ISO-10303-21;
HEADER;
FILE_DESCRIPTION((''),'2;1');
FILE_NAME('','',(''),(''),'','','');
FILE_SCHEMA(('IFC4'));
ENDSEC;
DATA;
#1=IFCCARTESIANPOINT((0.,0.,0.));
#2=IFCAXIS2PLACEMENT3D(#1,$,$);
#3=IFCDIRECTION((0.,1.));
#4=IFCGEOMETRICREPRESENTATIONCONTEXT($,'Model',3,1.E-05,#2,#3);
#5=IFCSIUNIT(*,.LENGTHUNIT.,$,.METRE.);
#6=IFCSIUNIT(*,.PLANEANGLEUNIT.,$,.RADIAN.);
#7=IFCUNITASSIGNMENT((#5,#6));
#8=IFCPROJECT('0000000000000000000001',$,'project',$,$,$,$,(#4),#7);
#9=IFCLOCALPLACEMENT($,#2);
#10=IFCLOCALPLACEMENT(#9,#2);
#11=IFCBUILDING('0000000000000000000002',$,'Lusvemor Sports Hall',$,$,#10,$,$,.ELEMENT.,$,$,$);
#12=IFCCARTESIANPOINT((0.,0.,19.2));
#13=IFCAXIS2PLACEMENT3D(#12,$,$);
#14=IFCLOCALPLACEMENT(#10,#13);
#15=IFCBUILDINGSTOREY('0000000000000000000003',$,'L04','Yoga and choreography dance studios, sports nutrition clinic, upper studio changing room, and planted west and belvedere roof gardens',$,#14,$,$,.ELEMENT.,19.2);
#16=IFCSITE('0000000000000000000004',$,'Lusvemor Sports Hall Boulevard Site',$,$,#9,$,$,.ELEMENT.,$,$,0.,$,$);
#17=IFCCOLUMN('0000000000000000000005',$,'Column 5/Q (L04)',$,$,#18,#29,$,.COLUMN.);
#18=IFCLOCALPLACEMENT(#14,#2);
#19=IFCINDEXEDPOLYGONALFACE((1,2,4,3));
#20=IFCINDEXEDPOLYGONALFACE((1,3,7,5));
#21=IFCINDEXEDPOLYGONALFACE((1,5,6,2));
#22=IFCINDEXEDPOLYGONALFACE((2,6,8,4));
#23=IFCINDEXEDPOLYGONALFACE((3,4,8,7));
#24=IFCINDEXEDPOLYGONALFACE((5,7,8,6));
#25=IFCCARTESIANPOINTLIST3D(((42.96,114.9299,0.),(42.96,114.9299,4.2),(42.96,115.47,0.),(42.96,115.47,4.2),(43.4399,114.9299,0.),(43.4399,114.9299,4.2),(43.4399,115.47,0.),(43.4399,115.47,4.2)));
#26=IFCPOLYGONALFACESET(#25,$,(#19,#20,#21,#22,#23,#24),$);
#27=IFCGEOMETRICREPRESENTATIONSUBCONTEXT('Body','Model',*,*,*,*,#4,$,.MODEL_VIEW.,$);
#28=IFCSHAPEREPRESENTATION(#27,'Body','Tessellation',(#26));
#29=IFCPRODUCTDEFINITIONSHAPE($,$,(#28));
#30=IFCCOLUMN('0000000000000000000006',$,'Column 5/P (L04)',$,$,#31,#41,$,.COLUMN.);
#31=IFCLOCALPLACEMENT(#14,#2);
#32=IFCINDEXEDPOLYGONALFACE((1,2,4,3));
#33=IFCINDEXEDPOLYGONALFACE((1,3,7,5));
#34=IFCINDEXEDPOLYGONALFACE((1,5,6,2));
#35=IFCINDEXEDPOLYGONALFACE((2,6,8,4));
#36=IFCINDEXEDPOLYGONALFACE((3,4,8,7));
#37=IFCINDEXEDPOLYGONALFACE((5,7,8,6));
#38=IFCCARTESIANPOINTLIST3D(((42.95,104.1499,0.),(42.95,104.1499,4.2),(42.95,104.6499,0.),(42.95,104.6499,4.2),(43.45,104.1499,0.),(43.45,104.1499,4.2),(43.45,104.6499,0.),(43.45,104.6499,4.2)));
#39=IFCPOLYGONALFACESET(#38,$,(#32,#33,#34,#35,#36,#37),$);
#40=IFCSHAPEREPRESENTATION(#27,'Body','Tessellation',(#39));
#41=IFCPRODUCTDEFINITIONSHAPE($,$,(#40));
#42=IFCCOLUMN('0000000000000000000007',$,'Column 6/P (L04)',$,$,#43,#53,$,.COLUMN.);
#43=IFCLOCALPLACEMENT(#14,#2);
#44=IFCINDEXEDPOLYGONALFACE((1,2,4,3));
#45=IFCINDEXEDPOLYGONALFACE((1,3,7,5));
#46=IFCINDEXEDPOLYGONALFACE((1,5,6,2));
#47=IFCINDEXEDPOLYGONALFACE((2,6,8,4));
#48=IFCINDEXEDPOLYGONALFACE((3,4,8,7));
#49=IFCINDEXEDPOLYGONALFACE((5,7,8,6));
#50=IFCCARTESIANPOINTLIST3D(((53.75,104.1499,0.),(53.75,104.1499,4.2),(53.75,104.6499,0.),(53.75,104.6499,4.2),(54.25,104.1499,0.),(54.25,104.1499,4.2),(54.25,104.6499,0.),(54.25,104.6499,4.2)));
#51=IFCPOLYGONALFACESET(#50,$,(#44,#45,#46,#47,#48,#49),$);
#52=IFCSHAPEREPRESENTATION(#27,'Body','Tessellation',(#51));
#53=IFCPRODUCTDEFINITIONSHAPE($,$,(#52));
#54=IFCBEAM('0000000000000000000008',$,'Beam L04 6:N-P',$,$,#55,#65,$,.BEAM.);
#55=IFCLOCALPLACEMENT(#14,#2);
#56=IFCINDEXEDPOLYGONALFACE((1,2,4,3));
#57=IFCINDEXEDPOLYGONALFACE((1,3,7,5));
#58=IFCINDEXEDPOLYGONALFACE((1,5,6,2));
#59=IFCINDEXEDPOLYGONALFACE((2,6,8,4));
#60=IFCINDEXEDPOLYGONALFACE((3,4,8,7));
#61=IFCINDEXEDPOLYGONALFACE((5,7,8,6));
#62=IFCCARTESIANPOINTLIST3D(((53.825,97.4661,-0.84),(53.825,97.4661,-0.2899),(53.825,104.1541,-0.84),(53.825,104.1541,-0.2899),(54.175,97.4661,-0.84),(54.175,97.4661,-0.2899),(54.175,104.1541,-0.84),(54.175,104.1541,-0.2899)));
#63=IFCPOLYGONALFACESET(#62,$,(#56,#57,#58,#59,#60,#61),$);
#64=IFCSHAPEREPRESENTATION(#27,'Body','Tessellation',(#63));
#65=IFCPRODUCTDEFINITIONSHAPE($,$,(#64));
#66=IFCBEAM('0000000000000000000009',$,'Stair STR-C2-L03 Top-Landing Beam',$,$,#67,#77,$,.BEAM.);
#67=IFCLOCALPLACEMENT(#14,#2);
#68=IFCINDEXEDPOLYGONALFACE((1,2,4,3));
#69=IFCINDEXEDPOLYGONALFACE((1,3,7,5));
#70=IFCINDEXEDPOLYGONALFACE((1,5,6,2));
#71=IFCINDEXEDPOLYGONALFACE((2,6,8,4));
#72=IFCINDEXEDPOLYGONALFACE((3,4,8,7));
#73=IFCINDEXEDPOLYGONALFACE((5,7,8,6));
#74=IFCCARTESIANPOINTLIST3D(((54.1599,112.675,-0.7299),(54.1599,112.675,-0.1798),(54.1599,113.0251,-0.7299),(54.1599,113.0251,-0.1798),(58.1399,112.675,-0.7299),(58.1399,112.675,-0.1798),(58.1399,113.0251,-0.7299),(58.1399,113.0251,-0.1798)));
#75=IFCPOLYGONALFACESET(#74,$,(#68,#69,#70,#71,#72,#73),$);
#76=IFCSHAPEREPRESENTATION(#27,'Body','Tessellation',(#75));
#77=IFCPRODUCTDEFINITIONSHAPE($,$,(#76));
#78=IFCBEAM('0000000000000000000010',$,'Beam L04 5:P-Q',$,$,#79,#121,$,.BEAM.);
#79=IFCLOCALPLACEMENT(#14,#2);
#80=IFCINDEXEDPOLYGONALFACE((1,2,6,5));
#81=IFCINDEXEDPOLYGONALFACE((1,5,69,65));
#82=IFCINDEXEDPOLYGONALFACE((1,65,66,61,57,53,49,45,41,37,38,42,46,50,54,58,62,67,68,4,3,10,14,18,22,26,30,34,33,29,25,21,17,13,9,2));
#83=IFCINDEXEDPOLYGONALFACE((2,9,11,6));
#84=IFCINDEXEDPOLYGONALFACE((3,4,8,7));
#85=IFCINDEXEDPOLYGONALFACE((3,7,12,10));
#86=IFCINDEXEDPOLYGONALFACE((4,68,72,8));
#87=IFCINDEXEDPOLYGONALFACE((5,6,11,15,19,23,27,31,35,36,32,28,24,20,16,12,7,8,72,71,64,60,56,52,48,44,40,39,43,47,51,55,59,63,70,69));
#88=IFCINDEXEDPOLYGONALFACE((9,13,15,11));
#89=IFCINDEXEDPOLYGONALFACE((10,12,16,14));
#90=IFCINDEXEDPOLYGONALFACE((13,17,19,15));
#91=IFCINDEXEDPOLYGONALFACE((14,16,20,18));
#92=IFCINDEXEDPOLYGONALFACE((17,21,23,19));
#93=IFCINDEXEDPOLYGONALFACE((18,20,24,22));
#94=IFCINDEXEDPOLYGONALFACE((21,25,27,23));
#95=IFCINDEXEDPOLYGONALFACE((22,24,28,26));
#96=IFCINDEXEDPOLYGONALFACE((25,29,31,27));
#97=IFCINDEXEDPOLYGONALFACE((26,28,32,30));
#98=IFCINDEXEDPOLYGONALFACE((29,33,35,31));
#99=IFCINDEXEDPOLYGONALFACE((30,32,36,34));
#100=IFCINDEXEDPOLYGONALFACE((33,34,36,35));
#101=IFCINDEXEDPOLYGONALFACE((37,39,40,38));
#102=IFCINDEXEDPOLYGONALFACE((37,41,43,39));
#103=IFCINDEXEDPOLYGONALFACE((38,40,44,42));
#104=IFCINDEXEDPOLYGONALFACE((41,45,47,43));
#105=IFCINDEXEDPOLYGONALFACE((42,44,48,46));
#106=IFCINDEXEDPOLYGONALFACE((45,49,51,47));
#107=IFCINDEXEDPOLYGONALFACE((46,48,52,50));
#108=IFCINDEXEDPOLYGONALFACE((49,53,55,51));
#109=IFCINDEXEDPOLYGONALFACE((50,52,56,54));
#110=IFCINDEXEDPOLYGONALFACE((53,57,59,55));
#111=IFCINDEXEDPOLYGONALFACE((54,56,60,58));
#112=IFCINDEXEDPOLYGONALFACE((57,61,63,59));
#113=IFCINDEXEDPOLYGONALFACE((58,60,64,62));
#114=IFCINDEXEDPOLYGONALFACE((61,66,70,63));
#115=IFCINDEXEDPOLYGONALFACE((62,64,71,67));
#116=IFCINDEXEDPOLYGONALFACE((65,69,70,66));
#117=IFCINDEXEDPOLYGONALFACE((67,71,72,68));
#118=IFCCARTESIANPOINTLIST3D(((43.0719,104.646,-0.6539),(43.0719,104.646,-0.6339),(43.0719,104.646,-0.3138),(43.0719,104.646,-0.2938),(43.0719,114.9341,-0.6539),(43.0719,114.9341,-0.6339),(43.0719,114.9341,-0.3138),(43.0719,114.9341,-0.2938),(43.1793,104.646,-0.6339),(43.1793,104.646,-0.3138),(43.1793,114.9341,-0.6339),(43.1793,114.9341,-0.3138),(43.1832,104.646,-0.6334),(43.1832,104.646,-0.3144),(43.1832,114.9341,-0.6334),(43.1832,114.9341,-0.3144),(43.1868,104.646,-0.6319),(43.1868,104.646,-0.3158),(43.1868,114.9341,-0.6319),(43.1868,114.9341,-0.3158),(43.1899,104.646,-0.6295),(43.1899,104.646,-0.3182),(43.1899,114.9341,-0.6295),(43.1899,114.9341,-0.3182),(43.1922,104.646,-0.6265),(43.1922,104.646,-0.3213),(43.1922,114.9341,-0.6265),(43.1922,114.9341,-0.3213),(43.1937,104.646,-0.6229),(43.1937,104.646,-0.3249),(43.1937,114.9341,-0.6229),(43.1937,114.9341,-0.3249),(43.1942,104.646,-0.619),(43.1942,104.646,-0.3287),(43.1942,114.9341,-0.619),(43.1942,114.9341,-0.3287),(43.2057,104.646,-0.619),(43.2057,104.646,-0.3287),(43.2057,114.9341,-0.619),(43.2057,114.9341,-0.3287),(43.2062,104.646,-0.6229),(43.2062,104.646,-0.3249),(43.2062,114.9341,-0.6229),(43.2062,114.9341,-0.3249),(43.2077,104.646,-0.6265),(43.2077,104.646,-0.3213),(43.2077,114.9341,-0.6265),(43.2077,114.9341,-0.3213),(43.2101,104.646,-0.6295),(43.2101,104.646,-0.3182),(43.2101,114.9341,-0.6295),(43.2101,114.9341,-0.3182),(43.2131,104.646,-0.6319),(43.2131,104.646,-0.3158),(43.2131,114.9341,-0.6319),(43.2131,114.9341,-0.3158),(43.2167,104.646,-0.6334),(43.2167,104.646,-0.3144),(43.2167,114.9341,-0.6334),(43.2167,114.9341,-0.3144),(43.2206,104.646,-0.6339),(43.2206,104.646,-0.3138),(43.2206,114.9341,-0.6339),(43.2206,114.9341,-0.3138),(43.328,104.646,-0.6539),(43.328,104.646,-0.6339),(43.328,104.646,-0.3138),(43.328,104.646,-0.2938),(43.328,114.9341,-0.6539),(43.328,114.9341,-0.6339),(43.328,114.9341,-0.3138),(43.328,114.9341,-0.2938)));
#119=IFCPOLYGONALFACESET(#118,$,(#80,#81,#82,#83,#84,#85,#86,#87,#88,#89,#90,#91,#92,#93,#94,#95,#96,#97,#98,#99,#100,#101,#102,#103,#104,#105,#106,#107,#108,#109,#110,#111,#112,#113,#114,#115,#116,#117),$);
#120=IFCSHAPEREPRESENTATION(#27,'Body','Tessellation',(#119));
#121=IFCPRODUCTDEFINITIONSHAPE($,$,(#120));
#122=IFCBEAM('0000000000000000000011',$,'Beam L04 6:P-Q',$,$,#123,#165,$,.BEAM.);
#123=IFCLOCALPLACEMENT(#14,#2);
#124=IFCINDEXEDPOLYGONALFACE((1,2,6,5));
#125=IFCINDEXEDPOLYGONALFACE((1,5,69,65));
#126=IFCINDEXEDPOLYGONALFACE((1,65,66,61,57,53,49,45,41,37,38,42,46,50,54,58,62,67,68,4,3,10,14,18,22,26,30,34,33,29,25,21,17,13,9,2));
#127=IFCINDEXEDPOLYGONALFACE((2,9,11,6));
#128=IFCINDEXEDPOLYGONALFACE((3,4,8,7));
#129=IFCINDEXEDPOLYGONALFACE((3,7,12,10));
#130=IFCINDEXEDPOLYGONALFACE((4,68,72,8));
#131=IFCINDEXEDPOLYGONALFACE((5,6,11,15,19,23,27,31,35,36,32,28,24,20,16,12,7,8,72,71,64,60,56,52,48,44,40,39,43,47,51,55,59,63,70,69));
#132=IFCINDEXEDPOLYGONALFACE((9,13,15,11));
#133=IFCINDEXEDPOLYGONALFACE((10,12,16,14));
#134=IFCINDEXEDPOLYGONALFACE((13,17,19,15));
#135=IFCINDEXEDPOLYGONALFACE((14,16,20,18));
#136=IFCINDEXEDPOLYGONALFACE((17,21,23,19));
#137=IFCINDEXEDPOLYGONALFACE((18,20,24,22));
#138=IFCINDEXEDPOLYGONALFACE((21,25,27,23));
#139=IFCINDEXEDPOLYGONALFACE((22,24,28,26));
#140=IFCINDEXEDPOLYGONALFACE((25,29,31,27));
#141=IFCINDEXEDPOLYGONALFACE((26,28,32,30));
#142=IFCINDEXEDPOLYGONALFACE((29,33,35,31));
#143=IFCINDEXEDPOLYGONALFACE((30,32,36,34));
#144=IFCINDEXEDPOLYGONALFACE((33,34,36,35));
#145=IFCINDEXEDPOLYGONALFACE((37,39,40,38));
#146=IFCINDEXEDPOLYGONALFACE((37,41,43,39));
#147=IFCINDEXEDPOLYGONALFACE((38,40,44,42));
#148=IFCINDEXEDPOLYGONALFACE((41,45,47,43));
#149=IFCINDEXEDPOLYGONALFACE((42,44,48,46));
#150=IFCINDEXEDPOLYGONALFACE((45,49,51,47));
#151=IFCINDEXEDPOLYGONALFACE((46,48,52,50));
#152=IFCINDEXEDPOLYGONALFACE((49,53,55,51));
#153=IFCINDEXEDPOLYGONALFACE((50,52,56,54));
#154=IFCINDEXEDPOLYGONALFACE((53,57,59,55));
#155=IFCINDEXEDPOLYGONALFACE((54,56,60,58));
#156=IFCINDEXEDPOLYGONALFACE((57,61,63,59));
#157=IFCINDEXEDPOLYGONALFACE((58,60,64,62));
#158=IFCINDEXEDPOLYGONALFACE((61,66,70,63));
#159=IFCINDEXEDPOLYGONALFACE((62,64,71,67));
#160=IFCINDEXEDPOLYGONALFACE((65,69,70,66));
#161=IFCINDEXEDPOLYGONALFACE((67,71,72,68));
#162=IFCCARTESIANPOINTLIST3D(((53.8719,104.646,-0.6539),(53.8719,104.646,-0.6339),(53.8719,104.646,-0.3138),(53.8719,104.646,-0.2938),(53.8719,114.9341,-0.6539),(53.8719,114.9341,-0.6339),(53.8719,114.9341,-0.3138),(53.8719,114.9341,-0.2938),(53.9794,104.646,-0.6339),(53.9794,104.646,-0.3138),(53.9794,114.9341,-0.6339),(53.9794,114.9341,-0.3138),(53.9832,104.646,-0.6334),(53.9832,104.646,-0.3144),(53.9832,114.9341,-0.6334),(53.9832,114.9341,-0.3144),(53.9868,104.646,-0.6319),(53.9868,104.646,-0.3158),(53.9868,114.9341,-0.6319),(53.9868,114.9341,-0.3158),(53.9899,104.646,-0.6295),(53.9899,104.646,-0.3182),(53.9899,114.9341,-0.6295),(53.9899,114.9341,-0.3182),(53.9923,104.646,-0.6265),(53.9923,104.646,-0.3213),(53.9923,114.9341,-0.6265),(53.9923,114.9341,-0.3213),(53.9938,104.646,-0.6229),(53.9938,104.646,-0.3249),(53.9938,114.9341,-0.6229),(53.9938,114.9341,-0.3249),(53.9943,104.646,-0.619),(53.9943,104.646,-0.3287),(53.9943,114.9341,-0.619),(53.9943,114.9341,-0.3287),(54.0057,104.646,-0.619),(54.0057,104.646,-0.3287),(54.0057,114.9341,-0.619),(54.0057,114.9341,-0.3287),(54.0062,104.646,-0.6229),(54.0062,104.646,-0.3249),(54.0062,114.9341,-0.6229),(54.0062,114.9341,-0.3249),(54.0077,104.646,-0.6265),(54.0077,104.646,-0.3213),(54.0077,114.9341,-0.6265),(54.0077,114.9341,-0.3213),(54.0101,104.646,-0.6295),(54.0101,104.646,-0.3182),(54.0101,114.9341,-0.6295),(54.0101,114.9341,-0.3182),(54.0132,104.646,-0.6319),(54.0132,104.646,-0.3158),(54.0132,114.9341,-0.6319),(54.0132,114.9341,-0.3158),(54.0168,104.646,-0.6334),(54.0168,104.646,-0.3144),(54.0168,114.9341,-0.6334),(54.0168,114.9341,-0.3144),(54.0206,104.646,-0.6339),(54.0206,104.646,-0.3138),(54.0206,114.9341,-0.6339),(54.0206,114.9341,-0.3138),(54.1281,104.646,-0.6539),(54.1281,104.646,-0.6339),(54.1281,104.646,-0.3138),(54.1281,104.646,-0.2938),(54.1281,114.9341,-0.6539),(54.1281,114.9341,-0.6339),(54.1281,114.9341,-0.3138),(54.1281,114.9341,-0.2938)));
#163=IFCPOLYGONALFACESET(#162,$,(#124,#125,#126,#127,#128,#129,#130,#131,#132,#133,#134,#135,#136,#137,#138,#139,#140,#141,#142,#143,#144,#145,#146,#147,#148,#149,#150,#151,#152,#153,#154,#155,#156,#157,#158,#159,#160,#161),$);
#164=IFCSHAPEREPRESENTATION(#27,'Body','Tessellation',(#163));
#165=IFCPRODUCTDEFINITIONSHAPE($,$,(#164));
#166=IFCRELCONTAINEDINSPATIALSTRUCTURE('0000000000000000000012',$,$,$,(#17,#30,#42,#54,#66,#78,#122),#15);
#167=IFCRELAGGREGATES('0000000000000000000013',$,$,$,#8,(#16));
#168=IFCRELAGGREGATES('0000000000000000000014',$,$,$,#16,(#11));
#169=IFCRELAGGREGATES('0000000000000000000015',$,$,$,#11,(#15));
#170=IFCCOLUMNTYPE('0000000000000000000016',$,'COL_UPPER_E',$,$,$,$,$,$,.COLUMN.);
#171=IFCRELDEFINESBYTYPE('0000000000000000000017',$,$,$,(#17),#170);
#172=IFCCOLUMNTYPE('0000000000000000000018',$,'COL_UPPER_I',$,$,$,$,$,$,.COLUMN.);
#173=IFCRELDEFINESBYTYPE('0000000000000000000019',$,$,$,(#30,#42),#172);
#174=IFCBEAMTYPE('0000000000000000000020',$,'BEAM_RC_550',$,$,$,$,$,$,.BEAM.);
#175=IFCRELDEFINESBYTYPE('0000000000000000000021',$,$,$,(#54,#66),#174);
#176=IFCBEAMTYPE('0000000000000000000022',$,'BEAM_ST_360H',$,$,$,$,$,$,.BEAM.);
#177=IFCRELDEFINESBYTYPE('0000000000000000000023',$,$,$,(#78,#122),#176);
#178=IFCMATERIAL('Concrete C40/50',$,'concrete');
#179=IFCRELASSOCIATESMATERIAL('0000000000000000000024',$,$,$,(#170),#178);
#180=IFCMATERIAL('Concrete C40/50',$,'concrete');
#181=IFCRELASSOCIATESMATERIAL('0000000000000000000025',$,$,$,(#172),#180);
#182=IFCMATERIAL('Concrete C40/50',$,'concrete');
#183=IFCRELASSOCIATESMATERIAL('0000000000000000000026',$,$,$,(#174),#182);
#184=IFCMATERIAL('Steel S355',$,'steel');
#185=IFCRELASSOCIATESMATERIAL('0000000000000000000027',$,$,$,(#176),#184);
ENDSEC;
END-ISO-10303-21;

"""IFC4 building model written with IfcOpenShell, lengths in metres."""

from ifc_helpers import new_model, si_unit, direction, frame, origin, origin_2d, place, context, subcontext, project, spatial, rectangle, i_section, extrude, material, material_profile, profile_set, type_object, element, save


model = new_model("IFC4")

# Units and contexts
model_context = context("Model", 3, precision=1e-05, world=origin(), true_north=direction((0.0, 1.0)))
body_context = subcontext(model_context, "Body", "Model", "MODEL_VIEW")
ifc_project = project(units=[si_unit("LENGTHUNIT", "METRE"), si_unit("PLANEANGLEUNIT", "RADIAN")], contexts=[model_context])

# Site, building, storey
site_placement = place(None, origin())
site = spatial("IfcSite", under=ifc_project, at=site_placement, Name="Lusvemor Sports Hall Boulevard Site", CompositionType="ELEMENT", RefElevation=0.0)
building_placement = place(site_placement, origin())
building = spatial("IfcBuilding", under=site, at=building_placement, Name="Lusvemor Sports Hall", CompositionType="ELEMENT")
storey_placement = place(building_placement, frame((0.0, 0.0, 19.2)))
storey = spatial("IfcBuildingStorey", under=building, at=storey_placement, Name="L04", Description="Yoga and choreography dance studios, sports nutrition clinic, upper studio changing room, and planted west and belvedere roof gardens", CompositionType="ELEMENT", Elevation=19.2)

# Columns
ifc_material_1 = material(Name="Concrete C40/50", Category="concrete")
ifc_material_profile_1 = material_profile(ifc_material_1, rectangle(XDim=0.48, YDim=0.54, at=origin_2d()), Name="RC480x540")
ifc_profile_set_1 = profile_set([ifc_material_profile_1], Name="Concrete C40/50")
column_type_1 = type_object("IfcColumnType", Name="COL_UPPER_E", PredefinedType="COLUMN", material=ifc_profile_set_1)
column_placement = place(storey_placement, frame((43.2, 115.2, 0.0), z_axis=(0.0, 0.0, 1.0), x_axis=(1.0, 0.0, 0.0)))
element("IfcColumn", 1, at=column_placement, inside=storey, type_object=column_type_1, Name="Column 5/Q (L04)", PredefinedType="COLUMN", context=body_context, shape_type="SweptSolid", body=[
    extrude(rectangle(XDim=0.48, YDim=0.54, at=origin_2d()), origin(), (0.0, 0.0, 1.0), 4.2),
])
ifc_material_2 = material(Name="Concrete C40/50", Category="concrete")
ifc_material_profile_2 = material_profile(ifc_material_2, rectangle(XDim=0.5, YDim=0.5, at=origin_2d()), Name="RC500x500")
ifc_profile_set_2 = profile_set([ifc_material_profile_2], Name="Concrete C40/50")
column_type_2 = type_object("IfcColumnType", Name="COL_UPPER_I", PredefinedType="COLUMN", material=ifc_profile_set_2)
for number, where, z_axis, x_axis, name in (
    (2, (43.2, 104.3999, 0.0), (0.0, 0.0, 1.0), (1.0, 0.0, 0.0), "Column 5/P (L04)"),
    (3, (54.0, 104.3999, 0.0), (0.0, 0.0, 1.0), (1.0, 0.0, 0.0), "Column 6/P (L04)"),
):
    element("IfcColumn", number, at=place(storey_placement, frame(where, z_axis=z_axis, x_axis=x_axis)), inside=storey, type_object=column_type_2, Name=name, PredefinedType="COLUMN", context=body_context, shape_type="SweptSolid", body=[
        extrude(rectangle(XDim=0.5, YDim=0.5, at=origin_2d()), origin(), (0.0, 0.0, 1.0), 4.2),
    ])

# Beams
ifc_material_3 = material(Name="Concrete C40/50", Category="concrete")
ifc_material_profile_3 = material_profile(ifc_material_3, rectangle(XDim=0.3501, YDim=0.55, at=origin_2d()), Name="RC350x550")
ifc_profile_set_3 = profile_set([ifc_material_profile_3], Name="Concrete C40/50")
beam_type_1 = type_object("IfcBeamType", Name="BEAM_RC_550", PredefinedType="BEAM", material=ifc_profile_set_3)
beam_1_placement = place(storey_placement, frame((54.0, 97.4661, -0.5649), z_axis=(0.0, 1.0, 0.0), x_axis=(-1.0, 0.0, 0.0)))
element("IfcBeam", 4, at=beam_1_placement, inside=storey, type_object=beam_type_1, Name="Beam L04 6:N-P", PredefinedType="BEAM", context=body_context, shape_type="SweptSolid", body=[
    extrude(rectangle(XDim=0.3501, YDim=0.55, at=origin_2d()), origin(), (0.0, 0.0, 1.0), 6.688),
])
beam_2_placement = place(storey_placement, frame((54.1599, 112.8501, -0.4548), z_axis=(1.0, 0.0, 0.0), x_axis=(0.0, 1.0, 0.0)))
element("IfcBeam", 5, at=beam_2_placement, inside=storey, type_object=beam_type_1, Name="Stair STR-C2-L03 Top-Landing Beam", PredefinedType="BEAM", context=body_context, shape_type="SweptSolid", body=[
    extrude(rectangle(XDim=0.3501, YDim=0.55, at=origin_2d()), origin(), (0.0, 0.0, 1.0), 3.98),
])
ifc_material_4 = material(Name="Steel S355", Category="steel")
ifc_material_profile_4 = material_profile(ifc_material_4, i_section(OverallWidth=0.2561, OverallDepth=0.3601, WebThickness=0.0115, FlangeThickness=0.02, FilletRadius=0.0149, at=origin_2d()), Name="W360x110.0")
ifc_profile_set_4 = profile_set([ifc_material_profile_4], Name="Steel S355")
beam_type_2 = type_object("IfcBeamType", Name="BEAM_ST_360H", PredefinedType="BEAM", material=ifc_profile_set_4)
for number, where, z_axis, x_axis, name in (
    (6, (43.2, 104.646, -0.4739), (0.0, 1.0, 0.0), (-1.0, 0.0, 0.0), "Beam L04 5:P-Q"),
    (7, (54.0, 104.646, -0.4739), (0.0, 1.0, 0.0), (-1.0, 0.0, 0.0), "Beam L04 6:P-Q"),
):
    element("IfcBeam", number, at=place(storey_placement, frame(where, z_axis=z_axis, x_axis=x_axis)), inside=storey, type_object=beam_type_2, Name=name, PredefinedType="BEAM", context=body_context, shape_type="SweptSolid", body=[
        extrude(i_section(OverallWidth=0.2561, OverallDepth=0.3601, WebThickness=0.0115, FlangeThickness=0.02, FilletRadius=0.0149, at=origin_2d()), origin(), (0.0, 0.0, 1.0), 10.2881),
    ])

save(model, "model.ifc")
